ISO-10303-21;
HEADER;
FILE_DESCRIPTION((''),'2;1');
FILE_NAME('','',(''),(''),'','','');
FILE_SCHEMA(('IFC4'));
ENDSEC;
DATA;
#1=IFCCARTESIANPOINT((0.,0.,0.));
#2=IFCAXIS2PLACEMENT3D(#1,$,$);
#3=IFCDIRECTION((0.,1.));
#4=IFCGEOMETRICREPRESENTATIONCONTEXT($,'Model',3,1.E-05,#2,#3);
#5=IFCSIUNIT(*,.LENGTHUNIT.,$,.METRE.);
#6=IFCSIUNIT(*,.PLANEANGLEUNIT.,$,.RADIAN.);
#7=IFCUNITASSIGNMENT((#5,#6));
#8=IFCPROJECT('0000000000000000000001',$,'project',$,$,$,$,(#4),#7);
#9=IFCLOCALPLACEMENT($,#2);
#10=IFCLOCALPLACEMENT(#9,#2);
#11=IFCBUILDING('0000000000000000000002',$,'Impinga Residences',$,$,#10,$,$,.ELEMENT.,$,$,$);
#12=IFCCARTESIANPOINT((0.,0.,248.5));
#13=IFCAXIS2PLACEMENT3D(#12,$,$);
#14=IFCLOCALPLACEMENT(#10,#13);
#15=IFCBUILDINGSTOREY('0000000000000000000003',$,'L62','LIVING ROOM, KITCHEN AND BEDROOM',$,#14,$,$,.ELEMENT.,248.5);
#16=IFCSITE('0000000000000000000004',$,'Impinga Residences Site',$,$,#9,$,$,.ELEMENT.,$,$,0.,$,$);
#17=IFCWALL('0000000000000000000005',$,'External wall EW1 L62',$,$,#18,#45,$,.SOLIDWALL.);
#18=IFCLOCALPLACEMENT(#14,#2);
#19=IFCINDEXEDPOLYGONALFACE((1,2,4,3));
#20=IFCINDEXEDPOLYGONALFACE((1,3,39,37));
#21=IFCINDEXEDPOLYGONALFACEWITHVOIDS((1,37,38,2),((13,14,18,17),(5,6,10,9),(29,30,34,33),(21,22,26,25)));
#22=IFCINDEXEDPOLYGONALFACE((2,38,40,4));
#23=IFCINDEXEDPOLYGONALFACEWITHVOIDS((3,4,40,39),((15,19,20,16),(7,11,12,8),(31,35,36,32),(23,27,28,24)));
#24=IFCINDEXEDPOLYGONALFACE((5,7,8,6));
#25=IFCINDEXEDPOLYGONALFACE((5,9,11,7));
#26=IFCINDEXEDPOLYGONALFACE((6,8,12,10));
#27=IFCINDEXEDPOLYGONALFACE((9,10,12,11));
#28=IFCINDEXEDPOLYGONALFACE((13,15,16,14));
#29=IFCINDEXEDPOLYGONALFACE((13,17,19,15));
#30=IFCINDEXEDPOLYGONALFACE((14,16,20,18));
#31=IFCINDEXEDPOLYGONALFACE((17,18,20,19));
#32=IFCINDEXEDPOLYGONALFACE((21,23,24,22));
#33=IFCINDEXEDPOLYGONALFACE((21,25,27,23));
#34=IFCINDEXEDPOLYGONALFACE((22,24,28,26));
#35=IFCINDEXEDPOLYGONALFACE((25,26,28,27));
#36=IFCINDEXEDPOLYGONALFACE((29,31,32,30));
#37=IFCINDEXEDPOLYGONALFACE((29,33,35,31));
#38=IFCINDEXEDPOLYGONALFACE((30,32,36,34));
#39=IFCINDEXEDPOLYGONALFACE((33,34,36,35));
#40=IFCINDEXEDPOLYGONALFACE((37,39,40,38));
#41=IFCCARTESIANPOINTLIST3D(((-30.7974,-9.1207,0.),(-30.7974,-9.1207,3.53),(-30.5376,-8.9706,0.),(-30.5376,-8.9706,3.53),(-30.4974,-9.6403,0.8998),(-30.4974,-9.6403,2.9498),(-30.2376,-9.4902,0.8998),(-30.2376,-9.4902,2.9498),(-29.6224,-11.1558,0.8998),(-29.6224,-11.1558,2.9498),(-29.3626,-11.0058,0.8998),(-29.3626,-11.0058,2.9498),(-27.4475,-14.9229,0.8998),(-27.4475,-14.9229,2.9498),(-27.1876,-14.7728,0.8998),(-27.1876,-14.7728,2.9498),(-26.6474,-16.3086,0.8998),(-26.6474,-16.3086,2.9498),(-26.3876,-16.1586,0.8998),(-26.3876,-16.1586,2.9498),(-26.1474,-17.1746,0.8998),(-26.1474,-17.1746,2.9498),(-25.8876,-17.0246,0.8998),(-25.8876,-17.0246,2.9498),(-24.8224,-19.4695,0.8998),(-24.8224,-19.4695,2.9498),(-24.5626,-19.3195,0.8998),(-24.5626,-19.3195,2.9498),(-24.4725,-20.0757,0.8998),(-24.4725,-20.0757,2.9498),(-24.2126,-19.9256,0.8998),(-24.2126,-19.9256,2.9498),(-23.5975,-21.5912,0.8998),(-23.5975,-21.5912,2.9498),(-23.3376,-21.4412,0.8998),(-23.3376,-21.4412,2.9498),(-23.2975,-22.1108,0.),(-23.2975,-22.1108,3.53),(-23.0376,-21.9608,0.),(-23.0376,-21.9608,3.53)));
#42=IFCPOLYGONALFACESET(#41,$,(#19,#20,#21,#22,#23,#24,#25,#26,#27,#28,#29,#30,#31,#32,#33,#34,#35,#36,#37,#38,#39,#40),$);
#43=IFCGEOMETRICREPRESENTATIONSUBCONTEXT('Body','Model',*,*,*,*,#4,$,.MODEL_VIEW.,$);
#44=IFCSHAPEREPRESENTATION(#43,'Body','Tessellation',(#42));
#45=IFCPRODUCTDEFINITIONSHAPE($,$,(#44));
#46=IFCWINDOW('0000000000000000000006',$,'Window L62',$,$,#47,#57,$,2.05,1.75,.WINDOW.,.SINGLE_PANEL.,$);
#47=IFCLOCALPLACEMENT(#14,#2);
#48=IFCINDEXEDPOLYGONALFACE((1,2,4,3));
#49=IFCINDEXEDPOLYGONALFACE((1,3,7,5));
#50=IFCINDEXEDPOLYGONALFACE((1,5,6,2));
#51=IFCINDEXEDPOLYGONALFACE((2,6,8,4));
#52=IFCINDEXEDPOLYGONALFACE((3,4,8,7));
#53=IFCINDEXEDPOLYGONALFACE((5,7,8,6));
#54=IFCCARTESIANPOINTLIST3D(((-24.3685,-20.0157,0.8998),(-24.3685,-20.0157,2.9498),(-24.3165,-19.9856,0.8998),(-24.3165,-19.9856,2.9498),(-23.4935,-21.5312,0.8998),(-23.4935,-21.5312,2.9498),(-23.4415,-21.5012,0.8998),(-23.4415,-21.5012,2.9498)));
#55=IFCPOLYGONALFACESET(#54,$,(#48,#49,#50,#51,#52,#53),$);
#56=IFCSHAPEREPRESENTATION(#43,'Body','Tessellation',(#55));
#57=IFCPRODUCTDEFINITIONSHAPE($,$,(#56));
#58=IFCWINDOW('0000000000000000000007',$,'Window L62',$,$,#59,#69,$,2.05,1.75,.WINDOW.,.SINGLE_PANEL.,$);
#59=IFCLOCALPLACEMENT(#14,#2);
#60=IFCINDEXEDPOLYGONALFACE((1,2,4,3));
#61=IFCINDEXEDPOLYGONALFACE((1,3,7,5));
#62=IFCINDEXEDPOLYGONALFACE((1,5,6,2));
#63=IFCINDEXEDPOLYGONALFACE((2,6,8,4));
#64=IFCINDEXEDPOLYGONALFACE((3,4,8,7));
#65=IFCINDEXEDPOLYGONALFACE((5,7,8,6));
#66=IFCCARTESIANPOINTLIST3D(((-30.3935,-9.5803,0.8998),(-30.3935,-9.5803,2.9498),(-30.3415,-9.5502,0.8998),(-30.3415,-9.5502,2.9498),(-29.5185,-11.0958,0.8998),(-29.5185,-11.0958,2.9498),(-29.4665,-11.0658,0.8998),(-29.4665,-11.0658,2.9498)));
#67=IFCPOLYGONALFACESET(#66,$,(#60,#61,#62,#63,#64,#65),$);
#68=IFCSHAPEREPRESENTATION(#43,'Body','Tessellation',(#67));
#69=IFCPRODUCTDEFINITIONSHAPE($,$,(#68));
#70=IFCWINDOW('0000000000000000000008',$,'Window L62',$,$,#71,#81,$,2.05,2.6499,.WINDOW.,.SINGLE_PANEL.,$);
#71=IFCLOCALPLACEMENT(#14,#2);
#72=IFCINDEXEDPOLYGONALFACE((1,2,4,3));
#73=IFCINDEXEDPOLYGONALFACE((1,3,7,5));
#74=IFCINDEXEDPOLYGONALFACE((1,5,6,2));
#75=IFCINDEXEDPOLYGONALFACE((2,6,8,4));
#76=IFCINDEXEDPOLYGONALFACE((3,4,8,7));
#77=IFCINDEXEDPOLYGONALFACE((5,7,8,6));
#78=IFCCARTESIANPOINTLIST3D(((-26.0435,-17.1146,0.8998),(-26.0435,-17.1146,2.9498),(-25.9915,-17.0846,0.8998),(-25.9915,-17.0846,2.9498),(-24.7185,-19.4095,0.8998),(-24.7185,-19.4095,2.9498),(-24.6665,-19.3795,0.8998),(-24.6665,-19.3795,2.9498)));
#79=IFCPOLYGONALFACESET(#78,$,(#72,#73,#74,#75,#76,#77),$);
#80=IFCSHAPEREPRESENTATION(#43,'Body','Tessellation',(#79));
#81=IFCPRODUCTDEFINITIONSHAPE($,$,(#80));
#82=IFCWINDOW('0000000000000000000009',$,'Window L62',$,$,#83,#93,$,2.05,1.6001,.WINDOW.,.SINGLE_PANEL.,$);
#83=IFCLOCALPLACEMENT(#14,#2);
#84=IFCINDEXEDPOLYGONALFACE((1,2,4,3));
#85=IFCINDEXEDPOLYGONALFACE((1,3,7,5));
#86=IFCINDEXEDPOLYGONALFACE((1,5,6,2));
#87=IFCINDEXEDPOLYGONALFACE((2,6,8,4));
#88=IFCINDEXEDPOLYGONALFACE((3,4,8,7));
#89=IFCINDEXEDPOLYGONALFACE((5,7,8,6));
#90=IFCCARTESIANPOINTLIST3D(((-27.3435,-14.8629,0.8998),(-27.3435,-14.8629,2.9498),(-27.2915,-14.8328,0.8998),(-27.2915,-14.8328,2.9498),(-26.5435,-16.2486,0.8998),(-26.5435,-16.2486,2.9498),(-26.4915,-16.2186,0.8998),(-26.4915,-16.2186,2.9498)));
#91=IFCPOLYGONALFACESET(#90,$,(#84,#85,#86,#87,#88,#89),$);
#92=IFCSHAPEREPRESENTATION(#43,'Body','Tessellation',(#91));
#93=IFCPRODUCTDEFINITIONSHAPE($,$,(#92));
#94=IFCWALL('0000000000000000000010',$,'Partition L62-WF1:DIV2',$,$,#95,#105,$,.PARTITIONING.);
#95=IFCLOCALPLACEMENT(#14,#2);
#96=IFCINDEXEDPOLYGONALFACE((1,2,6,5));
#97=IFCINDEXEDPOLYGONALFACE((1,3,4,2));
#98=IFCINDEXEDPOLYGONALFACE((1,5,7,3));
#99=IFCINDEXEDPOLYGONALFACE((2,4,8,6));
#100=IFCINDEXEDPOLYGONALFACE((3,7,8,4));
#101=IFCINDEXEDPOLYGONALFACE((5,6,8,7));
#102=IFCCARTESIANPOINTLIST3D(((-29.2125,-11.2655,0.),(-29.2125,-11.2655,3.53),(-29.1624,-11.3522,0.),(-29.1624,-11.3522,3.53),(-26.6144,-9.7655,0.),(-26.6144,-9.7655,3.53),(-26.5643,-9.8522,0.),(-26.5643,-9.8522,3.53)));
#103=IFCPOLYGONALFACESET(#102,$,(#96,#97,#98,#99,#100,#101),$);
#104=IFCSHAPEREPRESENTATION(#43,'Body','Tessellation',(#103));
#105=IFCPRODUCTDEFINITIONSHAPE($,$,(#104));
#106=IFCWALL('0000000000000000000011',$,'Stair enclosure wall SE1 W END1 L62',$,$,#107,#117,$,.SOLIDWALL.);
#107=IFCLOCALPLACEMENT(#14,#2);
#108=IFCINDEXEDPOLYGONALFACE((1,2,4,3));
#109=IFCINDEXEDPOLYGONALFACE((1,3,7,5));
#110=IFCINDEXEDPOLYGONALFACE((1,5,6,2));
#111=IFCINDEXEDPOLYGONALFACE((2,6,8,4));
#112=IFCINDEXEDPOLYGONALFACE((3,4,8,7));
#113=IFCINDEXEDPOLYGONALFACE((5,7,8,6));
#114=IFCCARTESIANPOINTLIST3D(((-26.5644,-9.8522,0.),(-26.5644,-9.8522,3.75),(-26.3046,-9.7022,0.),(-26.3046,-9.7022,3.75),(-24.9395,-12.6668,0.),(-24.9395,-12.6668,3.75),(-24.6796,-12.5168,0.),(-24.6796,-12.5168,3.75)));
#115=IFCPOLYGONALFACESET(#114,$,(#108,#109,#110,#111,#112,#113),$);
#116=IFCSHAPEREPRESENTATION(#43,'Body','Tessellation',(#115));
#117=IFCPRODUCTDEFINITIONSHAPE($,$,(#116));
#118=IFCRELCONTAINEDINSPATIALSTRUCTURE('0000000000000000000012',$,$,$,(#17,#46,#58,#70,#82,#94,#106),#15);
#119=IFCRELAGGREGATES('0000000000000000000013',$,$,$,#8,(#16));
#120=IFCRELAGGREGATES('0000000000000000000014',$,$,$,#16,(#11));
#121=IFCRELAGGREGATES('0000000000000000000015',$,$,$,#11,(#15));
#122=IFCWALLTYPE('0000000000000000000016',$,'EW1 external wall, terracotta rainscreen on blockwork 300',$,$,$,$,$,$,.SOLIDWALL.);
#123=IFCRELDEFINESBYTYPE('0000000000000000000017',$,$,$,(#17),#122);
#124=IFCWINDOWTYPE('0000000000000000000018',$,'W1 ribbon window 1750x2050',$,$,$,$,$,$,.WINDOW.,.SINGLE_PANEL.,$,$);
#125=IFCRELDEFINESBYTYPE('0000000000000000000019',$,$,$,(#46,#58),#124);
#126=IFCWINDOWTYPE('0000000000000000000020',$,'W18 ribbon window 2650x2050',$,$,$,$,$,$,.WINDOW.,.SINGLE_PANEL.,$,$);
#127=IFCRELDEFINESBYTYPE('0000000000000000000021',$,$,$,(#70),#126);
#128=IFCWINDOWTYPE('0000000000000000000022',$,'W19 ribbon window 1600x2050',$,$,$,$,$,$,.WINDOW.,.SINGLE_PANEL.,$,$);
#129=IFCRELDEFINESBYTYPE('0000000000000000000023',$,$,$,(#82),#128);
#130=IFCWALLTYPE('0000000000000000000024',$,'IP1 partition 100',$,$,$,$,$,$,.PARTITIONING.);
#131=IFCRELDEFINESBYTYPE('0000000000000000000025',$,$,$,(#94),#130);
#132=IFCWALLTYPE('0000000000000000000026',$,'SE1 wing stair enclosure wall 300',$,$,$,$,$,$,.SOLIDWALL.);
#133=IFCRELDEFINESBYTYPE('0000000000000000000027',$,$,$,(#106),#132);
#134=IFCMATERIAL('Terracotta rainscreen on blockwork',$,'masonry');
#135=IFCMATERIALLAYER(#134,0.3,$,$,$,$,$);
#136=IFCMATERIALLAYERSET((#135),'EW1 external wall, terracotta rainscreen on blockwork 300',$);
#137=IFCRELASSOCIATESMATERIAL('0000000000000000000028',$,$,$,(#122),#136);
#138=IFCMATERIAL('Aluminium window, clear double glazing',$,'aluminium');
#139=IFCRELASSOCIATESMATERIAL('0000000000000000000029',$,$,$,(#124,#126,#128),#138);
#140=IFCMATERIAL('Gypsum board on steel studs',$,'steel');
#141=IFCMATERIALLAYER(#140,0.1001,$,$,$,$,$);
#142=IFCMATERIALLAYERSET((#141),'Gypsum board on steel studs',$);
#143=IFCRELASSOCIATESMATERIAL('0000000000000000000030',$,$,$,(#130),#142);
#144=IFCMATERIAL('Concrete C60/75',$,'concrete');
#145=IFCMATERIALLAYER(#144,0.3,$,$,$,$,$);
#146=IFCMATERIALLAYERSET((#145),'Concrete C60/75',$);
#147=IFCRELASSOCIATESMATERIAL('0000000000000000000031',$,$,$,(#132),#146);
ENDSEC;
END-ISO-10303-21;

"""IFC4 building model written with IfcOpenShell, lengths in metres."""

from ifc_helpers import new_model, si_unit, direction, frame, frame_2d, origin, place, context, subcontext, project, spatial, rectangle, extrude, material, layer, layer_set, type_object, element, fill, save


model = new_model("IFC4")

# Units and contexts
model_context = context("Model", 3, precision=1e-05, world=origin(), true_north=direction((0.0, 1.0)))
body_context = subcontext(model_context, "Body", "Model", "MODEL_VIEW")
ifc_project = project(units=[si_unit("LENGTHUNIT", "METRE"), si_unit("PLANEANGLEUNIT", "RADIAN")], contexts=[model_context])

# Site, building, storey
site_placement = place(None, origin())
site = spatial("IfcSite", under=ifc_project, at=site_placement, Name="Impinga Residences Site", CompositionType="ELEMENT", RefElevation=0.0)
building_placement = place(site_placement, origin())
building = spatial("IfcBuilding", under=site, at=building_placement, Name="Impinga Residences", CompositionType="ELEMENT")
storey_placement = place(building_placement, frame((0.0, 0.0, 248.5)))
storey = spatial("IfcBuildingStorey", under=building, at=storey_placement, Name="L62", Description="LIVING ROOM, KITCHEN AND BEDROOM", CompositionType="ELEMENT", Elevation=248.5)

# Shared definitions
ifc_material_1 = material(Name="Concrete C60/75", Category="concrete")

# Shared definitions
ifc_material_2 = material(Name="Terracotta rainscreen on blockwork", Category="masonry")
ifc_layer_1 = layer(ifc_material_2, 0.3)
ifc_layer_set_1 = layer_set([ifc_layer_1], Name="EW1 external wall, terracotta rainscreen on blockwork 300")
wall_type_1 = type_object("IfcWallType", Name="EW1 external wall, terracotta rainscreen on blockwork 300", PredefinedType="SOLIDWALL", material=ifc_layer_set_1)

# Wall, openings, windows
wall_1_placement = place(storey_placement, frame((-23.1675, -22.0359, 0.0), z_axis=(0.0, 0.0, 1.0), x_axis=(-0.500004, 0.866023, 0.0)))
wall_1 = element("IfcWall", 1, at=wall_1_placement, inside=storey, type_object=wall_type_1, Name="External wall EW1 L62", PredefinedType="SOLIDWALL", context=body_context, shape_type="SweptSolid", body=[
    extrude(rectangle(XDim=14.9998, YDim=0.3, at=frame_2d((7.5, 0.0))), origin(), (0.0, 0.0, 1.0), 3.53),
])
opening_1_placement = place(wall_1_placement, frame((0.6001, 0.0, 0.8999)))
opening_1 = element("IfcOpeningElement", 2, at=opening_1_placement, cuts=wall_1, PredefinedType="OPENING", context=body_context, shape_type="SweptSolid", body=[
    extrude(rectangle(XDim=1.75, YDim=2.05, at=frame_2d((0.875, 1.0249))), frame((0.0, 0.1599, 0.0), z_axis=(0.0, -1.0, 0.0), x_axis=(1.0, 0.0, 0.0)), (0.0, 0.0, 1.0), 0.3201),
])
opening_2_placement = place(wall_1_placement, frame((3.05, 0.0, 0.8999)))
opening_2 = element("IfcOpeningElement", 3, at=opening_2_placement, cuts=wall_1, PredefinedType="OPENING", context=body_context, shape_type="SweptSolid", body=[
    extrude(rectangle(XDim=2.6499, YDim=2.05, at=frame_2d((1.325, 1.0249))), frame((0.0, 0.1599, 0.0), z_axis=(0.0, -1.0, 0.0), x_axis=(1.0, 0.0, 0.0)), (0.0, 0.0, 1.0), 0.3201),
])
opening_3_placement = place(wall_1_placement, frame((6.7, 0.0, 0.8999)))
opening_3 = element("IfcOpeningElement", 4, at=opening_3_placement, cuts=wall_1, PredefinedType="OPENING", context=body_context, shape_type="SweptSolid", body=[
    extrude(rectangle(XDim=1.6001, YDim=2.05, at=frame_2d((0.8, 1.0249))), frame((0.0, 0.1599, 0.0), z_axis=(0.0, -1.0, 0.0), x_axis=(1.0, 0.0, 0.0)), (0.0, 0.0, 1.0), 0.3201),
])
opening_4_placement = place(wall_1_placement, frame((12.6499, 0.0, 0.8999)))
opening_4 = element("IfcOpeningElement", 5, at=opening_4_placement, cuts=wall_1, PredefinedType="OPENING", context=body_context, shape_type="SweptSolid", body=[
    extrude(rectangle(XDim=1.75, YDim=2.05, at=frame_2d((0.875, 1.0249))), frame((0.0, 0.1599, 0.0), z_axis=(0.0, -1.0, 0.0), x_axis=(1.0, 0.0, 0.0)), (0.0, 0.0, 1.0), 0.3201),
])
ifc_material_3 = material(Name="Aluminium window, clear double glazing", Category="aluminium")
window_type_1 = type_object("IfcWindowType", Name="W1 ribbon window 1750x2050", PartitioningType="SINGLE_PANEL", PredefinedType="WINDOW", material=ifc_material_3)
window_1_placement = place(opening_1_placement, origin())
window_1 = element("IfcWindow", 6, at=window_1_placement, inside=storey, type_object=window_type_1, Name="Window L62", OverallHeight=2.05, OverallWidth=1.75, PartitioningType="SINGLE_PANEL", PredefinedType="WINDOW", context=body_context, shape_type="SweptSolid", body=[
    extrude(rectangle(XDim=1.75, YDim=2.05, at=frame_2d((0.875, 1.0249))), frame((0.0, 0.03, 0.0), z_axis=(0.0, -1.0, 0.0), x_axis=(1.0, 0.0, 0.0)), (0.0, 0.0, 1.0), 0.0601),
])
fill(opening_1, window_1)
window_2_placement = place(opening_4_placement, origin())
window_2 = element("IfcWindow", 7, at=window_2_placement, inside=storey, type_object=window_type_1, Name="Window L62", OverallHeight=2.05, OverallWidth=1.75, PartitioningType="SINGLE_PANEL", PredefinedType="WINDOW", context=body_context, shape_type="SweptSolid", body=[
    extrude(rectangle(XDim=1.75, YDim=2.05, at=frame_2d((0.875, 1.0249))), frame((0.0, 0.03, 0.0), z_axis=(0.0, -1.0, 0.0), x_axis=(1.0, 0.0, 0.0)), (0.0, 0.0, 1.0), 0.0601),
])
fill(opening_4, window_2)
window_type_2 = type_object("IfcWindowType", Name="W18 ribbon window 2650x2050", PartitioningType="SINGLE_PANEL", PredefinedType="WINDOW", material=ifc_material_3)
window_3_placement = place(opening_2_placement, origin())
window_3 = element("IfcWindow", 8, at=window_3_placement, inside=storey, type_object=window_type_2, Name="Window L62", OverallHeight=2.05, OverallWidth=2.6499, PartitioningType="SINGLE_PANEL", PredefinedType="WINDOW", context=body_context, shape_type="SweptSolid", body=[
    extrude(rectangle(XDim=2.6499, YDim=2.05, at=frame_2d((1.325, 1.0249))), frame((0.0, 0.03, 0.0), z_axis=(0.0, -1.0, 0.0), x_axis=(1.0, 0.0, 0.0)), (0.0, 0.0, 1.0), 0.0601),
])
fill(opening_2, window_3)
window_type_3 = type_object("IfcWindowType", Name="W19 ribbon window 1600x2050", PartitioningType="SINGLE_PANEL", PredefinedType="WINDOW", material=ifc_material_3)
window_4_placement = place(opening_3_placement, origin())
window_4 = element("IfcWindow", 9, at=window_4_placement, inside=storey, type_object=window_type_3, Name="Window L62", OverallHeight=2.05, OverallWidth=1.6001, PartitioningType="SINGLE_PANEL", PredefinedType="WINDOW", context=body_context, shape_type="SweptSolid", body=[
    extrude(rectangle(XDim=1.6001, YDim=2.05, at=frame_2d((0.8, 1.0249))), frame((0.0, 0.03, 0.0), z_axis=(0.0, -1.0, 0.0), x_axis=(1.0, 0.0, 0.0)), (0.0, 0.0, 1.0), 0.0601),
])
fill(opening_3, window_4)

# Walls
ifc_material_4 = material(Name="Gypsum board on steel studs", Category="steel")
ifc_layer_2 = layer(ifc_material_4, 0.1001)
ifc_layer_set_2 = layer_set([ifc_layer_2], Name="Gypsum board on steel studs")
wall_type_2 = type_object("IfcWallType", Name="IP1 partition 100", PredefinedType="PARTITIONING", material=ifc_layer_set_2)
wall_2_placement = place(storey_placement, frame((-26.5894, -9.8088, 0.0), z_axis=(0.0, 0.0, 1.0), x_axis=(-0.866031, -0.49999, 0.0)))
element("IfcWall", 10, at=wall_2_placement, inside=storey, type_object=wall_type_2, Name="Partition L62-WF1:DIV2", PredefinedType="PARTITIONING", context=body_context, shape_type="SweptSolid", body=[
    extrude(rectangle(XDim=3.0, YDim=0.1001, at=frame_2d((1.5, 0.0))), origin(), (0.0, 0.0, 1.0), 3.53),
])
ifc_layer_3 = layer(ifc_material_1, 0.3)
ifc_layer_set_3 = layer_set([ifc_layer_3], Name="Concrete C60/75")
wall_type_3 = type_object("IfcWallType", Name="SE1 wing stair enclosure wall 300", PredefinedType="SOLIDWALL", material=ifc_layer_set_3)
wall_3_placement = place(storey_placement, frame((-24.8096, -12.5918, 0.0), z_axis=(0.0, 0.0, 1.0), x_axis=(-0.499985, 0.866034, 0.0)))
element("IfcWall", 11, at=wall_3_placement, inside=storey, type_object=wall_type_3, Name="Stair enclosure wall SE1 W END1 L62", PredefinedType="SOLIDWALL", context=body_context, shape_type="SweptSolid", body=[
    extrude(rectangle(XDim=3.25, YDim=0.3, at=frame_2d((1.625, 0.0))), origin(), (0.0, 0.0, 1.0), 3.75),
])

save(model, "model.ifc")
